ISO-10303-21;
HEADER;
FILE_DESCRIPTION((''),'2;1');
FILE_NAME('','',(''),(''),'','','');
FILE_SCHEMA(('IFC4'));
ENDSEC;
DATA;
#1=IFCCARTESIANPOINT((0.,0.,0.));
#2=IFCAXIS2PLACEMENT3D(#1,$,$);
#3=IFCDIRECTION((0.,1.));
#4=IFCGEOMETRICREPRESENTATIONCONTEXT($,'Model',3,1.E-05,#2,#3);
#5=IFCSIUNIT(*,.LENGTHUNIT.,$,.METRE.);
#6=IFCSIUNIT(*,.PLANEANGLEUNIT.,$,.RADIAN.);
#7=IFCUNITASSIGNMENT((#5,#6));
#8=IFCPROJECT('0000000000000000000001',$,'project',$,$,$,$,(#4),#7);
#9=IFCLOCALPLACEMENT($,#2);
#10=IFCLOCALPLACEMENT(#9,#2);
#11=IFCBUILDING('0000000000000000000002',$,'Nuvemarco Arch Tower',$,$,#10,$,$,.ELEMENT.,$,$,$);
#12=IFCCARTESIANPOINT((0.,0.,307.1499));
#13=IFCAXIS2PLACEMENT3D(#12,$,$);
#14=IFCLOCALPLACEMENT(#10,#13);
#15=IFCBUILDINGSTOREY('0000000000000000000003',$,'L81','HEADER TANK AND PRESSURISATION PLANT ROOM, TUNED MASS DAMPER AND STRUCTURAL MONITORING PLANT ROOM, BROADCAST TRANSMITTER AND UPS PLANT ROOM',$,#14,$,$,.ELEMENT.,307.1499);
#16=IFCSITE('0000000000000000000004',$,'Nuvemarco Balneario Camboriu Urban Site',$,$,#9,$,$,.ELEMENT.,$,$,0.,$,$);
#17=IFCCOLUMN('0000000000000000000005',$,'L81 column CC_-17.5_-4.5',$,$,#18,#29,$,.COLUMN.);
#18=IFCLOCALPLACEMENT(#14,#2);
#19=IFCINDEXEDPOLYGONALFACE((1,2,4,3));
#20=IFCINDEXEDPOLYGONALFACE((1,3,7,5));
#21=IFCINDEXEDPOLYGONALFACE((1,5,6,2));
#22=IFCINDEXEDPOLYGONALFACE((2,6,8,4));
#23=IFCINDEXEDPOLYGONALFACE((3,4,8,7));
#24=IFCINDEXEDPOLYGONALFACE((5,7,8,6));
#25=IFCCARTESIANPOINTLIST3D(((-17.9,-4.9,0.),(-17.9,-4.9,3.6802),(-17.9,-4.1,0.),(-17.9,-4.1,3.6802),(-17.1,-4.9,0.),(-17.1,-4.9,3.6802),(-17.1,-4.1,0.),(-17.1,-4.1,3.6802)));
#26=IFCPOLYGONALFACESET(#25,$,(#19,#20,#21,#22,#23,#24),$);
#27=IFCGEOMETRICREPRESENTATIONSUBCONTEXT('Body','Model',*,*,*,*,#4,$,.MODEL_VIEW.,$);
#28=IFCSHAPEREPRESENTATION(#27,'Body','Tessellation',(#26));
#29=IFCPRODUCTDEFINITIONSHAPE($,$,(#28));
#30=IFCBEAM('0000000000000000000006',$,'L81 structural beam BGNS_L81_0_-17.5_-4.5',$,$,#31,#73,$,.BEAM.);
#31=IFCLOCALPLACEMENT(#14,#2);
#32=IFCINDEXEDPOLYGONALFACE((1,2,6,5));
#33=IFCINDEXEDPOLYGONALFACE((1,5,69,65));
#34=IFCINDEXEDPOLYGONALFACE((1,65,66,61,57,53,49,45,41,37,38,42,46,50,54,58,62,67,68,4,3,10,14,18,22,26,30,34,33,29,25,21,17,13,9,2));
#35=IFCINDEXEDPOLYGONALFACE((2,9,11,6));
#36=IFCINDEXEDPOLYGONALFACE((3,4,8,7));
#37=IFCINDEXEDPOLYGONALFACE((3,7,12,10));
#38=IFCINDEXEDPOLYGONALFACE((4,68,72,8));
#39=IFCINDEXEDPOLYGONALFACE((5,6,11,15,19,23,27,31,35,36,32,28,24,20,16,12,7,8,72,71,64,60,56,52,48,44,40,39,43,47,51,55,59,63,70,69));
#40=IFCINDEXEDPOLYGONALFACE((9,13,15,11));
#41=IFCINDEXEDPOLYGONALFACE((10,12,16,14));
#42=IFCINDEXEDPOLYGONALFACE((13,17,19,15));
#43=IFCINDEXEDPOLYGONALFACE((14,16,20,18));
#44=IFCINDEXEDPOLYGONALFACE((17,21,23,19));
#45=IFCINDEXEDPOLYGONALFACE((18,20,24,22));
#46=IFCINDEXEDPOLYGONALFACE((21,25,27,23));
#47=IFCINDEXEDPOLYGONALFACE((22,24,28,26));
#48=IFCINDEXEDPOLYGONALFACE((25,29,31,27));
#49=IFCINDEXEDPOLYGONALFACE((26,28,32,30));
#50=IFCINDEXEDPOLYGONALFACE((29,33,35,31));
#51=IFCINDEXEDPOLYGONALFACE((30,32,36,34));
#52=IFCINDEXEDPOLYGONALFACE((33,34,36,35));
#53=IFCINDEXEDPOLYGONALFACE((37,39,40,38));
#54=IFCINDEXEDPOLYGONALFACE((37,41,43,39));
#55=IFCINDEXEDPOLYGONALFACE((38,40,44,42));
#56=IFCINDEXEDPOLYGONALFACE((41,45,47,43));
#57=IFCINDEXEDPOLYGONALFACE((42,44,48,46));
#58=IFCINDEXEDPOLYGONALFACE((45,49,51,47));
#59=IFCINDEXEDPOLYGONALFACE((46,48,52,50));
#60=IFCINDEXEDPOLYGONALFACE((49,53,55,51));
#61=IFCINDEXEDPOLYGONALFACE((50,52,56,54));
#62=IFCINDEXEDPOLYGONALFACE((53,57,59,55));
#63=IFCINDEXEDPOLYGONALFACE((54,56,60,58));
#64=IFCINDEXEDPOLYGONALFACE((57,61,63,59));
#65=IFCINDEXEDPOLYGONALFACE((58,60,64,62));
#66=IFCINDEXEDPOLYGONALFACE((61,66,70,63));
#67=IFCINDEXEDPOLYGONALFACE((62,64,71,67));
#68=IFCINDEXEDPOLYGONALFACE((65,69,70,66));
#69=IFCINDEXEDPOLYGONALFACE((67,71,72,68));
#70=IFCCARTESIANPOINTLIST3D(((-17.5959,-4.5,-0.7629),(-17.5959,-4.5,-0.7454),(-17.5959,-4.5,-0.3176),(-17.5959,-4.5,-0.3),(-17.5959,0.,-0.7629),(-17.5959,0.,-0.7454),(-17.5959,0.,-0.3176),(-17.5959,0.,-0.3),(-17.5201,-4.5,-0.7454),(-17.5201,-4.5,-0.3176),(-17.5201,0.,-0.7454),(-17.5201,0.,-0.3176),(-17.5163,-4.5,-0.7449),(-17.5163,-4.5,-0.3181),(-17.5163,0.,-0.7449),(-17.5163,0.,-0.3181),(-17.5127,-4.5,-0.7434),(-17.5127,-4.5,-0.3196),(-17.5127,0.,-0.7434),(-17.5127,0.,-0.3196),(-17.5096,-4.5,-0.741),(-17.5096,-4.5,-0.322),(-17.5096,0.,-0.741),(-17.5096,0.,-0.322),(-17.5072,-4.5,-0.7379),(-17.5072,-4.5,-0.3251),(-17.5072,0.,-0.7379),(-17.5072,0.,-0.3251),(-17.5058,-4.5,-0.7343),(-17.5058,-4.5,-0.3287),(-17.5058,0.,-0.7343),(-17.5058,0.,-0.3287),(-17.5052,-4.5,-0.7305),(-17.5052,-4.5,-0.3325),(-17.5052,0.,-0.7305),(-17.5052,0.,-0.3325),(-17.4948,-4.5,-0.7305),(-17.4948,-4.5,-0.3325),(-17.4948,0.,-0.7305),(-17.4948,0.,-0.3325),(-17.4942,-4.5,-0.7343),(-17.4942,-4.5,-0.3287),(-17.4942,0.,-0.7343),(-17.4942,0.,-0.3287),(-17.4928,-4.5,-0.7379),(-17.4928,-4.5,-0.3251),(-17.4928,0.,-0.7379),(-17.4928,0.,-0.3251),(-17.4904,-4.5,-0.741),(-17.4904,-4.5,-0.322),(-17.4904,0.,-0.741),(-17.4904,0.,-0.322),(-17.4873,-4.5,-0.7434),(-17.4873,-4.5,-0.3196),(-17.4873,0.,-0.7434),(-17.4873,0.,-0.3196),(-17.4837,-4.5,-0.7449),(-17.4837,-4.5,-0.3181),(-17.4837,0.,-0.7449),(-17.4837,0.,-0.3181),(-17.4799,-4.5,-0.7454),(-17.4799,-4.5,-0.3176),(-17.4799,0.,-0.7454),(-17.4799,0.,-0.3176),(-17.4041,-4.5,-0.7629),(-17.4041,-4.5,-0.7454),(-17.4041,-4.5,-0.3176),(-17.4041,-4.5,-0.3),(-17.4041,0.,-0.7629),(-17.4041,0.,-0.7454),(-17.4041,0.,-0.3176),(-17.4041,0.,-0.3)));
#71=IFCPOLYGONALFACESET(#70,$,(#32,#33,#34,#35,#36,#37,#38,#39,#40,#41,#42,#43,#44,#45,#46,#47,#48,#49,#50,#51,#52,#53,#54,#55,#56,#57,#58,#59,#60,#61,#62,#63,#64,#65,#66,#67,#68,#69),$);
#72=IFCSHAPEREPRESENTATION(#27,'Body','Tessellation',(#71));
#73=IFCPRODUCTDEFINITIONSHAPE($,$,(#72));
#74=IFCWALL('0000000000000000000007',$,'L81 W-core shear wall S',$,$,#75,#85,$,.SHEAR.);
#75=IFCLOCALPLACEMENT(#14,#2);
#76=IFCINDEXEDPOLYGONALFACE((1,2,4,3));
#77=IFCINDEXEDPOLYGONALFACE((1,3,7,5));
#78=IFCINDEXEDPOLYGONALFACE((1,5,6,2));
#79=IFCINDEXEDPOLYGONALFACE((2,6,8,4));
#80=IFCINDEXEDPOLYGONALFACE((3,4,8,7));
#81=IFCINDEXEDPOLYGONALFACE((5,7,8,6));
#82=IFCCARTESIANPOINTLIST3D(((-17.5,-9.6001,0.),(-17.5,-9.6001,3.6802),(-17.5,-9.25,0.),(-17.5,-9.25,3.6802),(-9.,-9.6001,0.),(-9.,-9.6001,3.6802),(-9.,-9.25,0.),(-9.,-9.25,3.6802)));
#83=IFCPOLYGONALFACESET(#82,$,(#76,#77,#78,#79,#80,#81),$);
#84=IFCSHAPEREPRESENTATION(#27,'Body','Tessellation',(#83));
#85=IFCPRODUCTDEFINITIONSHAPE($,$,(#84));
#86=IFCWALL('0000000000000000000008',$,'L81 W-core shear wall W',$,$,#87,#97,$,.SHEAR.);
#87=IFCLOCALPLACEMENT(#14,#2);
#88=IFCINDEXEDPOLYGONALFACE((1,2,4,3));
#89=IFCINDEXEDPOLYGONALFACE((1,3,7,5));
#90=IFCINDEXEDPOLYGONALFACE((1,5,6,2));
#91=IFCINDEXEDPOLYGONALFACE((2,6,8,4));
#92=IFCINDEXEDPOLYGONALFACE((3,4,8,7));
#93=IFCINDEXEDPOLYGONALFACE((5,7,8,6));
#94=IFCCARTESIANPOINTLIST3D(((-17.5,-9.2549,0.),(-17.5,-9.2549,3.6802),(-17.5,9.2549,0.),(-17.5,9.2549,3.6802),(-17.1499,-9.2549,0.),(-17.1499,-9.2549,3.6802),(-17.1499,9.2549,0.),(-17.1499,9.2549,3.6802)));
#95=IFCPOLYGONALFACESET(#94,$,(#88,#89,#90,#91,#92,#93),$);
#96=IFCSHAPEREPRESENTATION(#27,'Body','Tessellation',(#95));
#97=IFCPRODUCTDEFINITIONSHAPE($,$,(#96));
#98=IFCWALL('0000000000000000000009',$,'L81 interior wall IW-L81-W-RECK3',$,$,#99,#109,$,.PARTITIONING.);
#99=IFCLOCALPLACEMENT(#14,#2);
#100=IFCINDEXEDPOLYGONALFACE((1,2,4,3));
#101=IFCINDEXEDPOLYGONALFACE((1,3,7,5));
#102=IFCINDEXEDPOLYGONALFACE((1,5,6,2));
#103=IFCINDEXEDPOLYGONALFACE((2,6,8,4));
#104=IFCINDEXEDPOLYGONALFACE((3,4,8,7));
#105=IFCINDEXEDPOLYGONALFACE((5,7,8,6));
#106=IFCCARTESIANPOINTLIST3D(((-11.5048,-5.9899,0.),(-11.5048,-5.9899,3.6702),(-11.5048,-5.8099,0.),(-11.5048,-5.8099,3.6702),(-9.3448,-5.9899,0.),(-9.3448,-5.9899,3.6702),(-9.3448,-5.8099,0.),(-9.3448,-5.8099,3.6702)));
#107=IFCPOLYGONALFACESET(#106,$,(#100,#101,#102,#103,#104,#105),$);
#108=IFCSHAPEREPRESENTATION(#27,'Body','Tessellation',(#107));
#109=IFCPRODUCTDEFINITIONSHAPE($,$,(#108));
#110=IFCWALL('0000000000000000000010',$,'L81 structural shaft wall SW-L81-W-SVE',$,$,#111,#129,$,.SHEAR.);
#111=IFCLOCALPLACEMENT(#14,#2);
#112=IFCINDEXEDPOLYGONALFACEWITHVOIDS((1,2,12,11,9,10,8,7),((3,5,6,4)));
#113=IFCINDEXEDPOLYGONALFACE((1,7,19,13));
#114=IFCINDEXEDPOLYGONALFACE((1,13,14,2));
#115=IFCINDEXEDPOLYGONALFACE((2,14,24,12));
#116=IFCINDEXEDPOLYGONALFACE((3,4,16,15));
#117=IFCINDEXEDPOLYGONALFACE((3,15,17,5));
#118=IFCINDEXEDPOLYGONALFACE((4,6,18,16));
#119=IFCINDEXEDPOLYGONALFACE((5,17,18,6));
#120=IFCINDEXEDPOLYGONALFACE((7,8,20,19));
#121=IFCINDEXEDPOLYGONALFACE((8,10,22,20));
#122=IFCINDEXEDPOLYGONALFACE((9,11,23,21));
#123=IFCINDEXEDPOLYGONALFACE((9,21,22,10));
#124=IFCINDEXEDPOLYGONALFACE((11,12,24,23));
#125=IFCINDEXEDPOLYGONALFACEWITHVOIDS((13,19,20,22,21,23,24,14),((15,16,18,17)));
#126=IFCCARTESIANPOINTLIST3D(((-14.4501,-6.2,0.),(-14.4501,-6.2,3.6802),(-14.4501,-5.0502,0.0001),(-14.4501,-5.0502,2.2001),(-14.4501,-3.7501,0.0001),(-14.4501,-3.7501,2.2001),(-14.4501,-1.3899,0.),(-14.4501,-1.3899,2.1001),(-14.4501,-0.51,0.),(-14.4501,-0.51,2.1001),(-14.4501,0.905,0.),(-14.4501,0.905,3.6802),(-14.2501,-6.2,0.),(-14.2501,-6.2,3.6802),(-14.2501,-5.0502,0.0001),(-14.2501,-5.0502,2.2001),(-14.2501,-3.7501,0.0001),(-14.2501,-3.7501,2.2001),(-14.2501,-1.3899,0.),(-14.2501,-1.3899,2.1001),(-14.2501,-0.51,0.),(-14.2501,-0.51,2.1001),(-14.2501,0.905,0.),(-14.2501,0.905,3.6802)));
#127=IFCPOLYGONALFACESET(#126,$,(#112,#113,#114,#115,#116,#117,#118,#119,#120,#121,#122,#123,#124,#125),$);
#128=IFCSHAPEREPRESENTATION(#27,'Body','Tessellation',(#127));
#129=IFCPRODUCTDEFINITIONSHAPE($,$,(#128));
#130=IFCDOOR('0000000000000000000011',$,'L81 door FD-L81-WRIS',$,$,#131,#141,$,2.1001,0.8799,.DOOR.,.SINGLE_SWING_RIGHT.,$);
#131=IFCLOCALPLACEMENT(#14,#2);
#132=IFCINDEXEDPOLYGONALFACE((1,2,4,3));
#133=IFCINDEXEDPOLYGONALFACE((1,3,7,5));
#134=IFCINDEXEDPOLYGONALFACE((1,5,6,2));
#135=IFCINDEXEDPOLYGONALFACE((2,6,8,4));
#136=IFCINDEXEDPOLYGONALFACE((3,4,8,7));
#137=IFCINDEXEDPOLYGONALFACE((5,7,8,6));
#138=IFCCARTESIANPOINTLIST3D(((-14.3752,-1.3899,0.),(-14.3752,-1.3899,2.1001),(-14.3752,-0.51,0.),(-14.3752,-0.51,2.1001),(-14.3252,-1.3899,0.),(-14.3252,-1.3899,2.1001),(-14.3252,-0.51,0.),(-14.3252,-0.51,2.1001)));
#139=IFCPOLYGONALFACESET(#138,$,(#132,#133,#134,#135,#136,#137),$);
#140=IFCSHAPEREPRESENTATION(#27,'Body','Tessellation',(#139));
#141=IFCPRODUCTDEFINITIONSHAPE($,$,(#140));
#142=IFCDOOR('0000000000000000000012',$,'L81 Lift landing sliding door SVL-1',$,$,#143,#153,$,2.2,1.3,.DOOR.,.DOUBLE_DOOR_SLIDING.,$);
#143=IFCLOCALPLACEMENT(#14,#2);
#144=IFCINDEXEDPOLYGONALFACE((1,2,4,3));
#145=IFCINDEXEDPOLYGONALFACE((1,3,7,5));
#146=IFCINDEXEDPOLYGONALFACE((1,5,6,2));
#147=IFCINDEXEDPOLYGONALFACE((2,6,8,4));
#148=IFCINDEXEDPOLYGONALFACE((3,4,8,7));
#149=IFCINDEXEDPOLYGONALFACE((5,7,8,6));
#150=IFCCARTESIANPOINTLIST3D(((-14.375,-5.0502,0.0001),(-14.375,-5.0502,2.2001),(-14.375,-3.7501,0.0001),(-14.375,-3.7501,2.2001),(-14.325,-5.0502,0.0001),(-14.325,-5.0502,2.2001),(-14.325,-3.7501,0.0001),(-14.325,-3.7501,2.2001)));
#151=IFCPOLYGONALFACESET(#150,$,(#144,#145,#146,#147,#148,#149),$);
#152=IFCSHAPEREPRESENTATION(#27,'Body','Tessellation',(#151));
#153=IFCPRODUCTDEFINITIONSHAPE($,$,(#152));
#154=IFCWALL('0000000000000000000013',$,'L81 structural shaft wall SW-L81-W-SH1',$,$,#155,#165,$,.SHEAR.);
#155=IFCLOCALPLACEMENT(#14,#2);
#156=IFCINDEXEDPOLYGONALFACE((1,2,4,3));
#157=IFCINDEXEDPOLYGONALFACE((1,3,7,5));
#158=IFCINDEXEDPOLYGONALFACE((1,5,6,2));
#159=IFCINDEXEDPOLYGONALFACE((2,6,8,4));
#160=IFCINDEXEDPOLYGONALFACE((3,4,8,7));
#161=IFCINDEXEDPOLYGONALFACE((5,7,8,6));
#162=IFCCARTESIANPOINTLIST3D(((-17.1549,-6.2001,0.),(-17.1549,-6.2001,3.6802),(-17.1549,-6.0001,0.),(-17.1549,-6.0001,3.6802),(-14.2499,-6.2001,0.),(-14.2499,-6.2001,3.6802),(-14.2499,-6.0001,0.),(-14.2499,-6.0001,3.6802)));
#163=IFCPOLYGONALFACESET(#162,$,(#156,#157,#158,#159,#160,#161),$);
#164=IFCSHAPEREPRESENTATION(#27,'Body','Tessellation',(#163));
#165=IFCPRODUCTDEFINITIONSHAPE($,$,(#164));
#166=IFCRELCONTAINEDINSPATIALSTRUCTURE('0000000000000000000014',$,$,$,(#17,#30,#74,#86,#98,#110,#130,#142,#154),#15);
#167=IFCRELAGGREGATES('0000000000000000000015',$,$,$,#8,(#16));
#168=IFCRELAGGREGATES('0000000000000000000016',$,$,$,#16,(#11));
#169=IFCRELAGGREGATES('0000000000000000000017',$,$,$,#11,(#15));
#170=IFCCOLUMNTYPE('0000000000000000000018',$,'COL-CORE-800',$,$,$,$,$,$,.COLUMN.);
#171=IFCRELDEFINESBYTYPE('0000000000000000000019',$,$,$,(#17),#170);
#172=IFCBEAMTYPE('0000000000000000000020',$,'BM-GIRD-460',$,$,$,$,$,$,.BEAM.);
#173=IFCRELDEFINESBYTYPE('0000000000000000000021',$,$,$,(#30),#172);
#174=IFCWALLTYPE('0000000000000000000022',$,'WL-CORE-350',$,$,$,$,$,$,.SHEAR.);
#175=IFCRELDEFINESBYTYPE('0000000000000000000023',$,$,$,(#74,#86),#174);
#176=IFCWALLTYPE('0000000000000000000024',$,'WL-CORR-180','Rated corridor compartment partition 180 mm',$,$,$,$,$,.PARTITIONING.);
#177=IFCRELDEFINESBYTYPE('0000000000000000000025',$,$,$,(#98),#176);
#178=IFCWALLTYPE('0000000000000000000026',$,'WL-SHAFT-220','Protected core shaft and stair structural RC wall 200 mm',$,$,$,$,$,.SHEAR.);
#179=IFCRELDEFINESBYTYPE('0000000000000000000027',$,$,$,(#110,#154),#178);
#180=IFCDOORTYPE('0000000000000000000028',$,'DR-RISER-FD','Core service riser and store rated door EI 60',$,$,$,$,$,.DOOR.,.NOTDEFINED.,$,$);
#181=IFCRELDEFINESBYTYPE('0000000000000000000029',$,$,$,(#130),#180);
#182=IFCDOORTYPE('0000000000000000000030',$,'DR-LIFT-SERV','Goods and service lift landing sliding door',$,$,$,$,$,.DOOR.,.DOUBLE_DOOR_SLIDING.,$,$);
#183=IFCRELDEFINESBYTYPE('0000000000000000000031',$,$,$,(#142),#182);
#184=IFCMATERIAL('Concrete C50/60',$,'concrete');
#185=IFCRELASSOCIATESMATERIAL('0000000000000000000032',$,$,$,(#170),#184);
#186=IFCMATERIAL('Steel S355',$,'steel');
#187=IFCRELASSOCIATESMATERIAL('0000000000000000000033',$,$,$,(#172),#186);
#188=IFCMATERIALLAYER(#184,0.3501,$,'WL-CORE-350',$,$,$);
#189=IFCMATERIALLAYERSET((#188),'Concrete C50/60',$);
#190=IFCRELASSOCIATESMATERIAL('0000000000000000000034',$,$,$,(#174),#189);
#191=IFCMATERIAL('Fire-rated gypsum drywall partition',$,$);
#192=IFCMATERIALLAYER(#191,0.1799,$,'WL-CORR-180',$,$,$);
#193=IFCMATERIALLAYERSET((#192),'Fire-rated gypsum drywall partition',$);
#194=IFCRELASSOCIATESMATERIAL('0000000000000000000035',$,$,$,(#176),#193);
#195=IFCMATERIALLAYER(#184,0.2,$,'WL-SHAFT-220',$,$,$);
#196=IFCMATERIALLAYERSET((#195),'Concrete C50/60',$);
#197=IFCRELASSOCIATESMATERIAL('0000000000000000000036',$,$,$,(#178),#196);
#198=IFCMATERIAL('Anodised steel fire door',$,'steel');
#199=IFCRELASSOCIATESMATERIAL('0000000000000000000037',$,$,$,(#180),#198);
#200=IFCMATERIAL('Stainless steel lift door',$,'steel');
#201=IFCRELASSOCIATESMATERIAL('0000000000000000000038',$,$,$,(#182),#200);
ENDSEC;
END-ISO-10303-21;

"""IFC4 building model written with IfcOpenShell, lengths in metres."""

from ifc_helpers import new_model, si_unit, direction, frame, frame_2d, origin, origin_2d, place, context, subcontext, project, spatial, rectangle, i_section, extrude, source, transform, mapped, material, layer, layer_set, material_profile, profile_set, type_object, type_shapes, element, fill, save


model = new_model("IFC4")

# Units and contexts
model_context = context("Model", 3, precision=1e-05, world=origin(), true_north=direction((0.0, 1.0)))
body_context = subcontext(model_context, "Body", "Model", "MODEL_VIEW")
ifc_project = project(units=[si_unit("LENGTHUNIT", "METRE"), si_unit("PLANEANGLEUNIT", "RADIAN")], contexts=[model_context])

# Site, building, storey
site_placement = place(None, origin())
site = spatial("IfcSite", under=ifc_project, at=site_placement, Name="Nuvemarco Balneario Camboriu Urban Site", CompositionType="ELEMENT", RefElevation=0.0)
building_placement = place(site_placement, origin())
building = spatial("IfcBuilding", under=site, at=building_placement, Name="Nuvemarco Arch Tower", CompositionType="ELEMENT")
storey_placement = place(building_placement, frame((0.0, 0.0, 307.1499)))
storey = spatial("IfcBuildingStorey", under=building, at=storey_placement, Name="L81", Description="HEADER TANK AND PRESSURISATION PLANT ROOM, TUNED MASS DAMPER AND STRUCTURAL MONITORING PLANT ROOM, BROADCAST TRANSMITTER AND UPS PLANT ROOM", CompositionType="ELEMENT", Elevation=307.1499)

# Column
ifc_material_1 = material(Name="Concrete C50/60", Category="concrete")
ifc_material_profile_1 = material_profile(ifc_material_1, rectangle(XDim=0.8, YDim=0.8, at=origin_2d()), Name="RC-COL-800x800")
ifc_profile_set_1 = profile_set([ifc_material_profile_1], Name="Concrete C50/60")
column_type = type_object("IfcColumnType", Name="COL-CORE-800", PredefinedType="COLUMN", material=ifc_profile_set_1)
column_placement = place(storey_placement, frame((-17.5, -4.5, 0.0), z_axis=(0.0, 0.0, 1.0), x_axis=(1.0, 0.0, 0.0)))
element("IfcColumn", 1, at=column_placement, inside=storey, type_object=column_type, Name="L81 column CC_-17.5_-4.5", PredefinedType="COLUMN", context=body_context, shape_type="SweptSolid", body=[
    extrude(rectangle(XDim=0.8, YDim=0.8, at=origin_2d()), origin(), (0.0, 0.0, 1.0), 3.6802),
])

# Beam
ifc_material_2 = material(Name="Steel S355", Category="steel")
ifc_material_profile_2 = material_profile(ifc_material_2, i_section(OverallWidth=0.1919, OverallDepth=0.4629, WebThickness=0.0105, FlangeThickness=0.0176, FilletRadius=0.0149, at=origin_2d()), Name="W460x89")
ifc_profile_set_2 = profile_set([ifc_material_profile_2], Name="Steel S355")
beam_type = type_object("IfcBeamType", Name="BM-GIRD-460", PredefinedType="BEAM", material=ifc_profile_set_2)
beam_placement = place(storey_placement, frame((-17.5, -4.5, -0.5315), z_axis=(0.0, 1.0, 0.0), x_axis=(-1.0, 0.0, 0.0)))
element("IfcBeam", 2, at=beam_placement, inside=storey, type_object=beam_type, Name="L81 structural beam BGNS_L81_0_-17.5_-4.5", PredefinedType="BEAM", context=body_context, shape_type="SweptSolid", body=[
    extrude(i_section(OverallWidth=0.1919, OverallDepth=0.4629, WebThickness=0.0105, FlangeThickness=0.0176, FilletRadius=0.0149, at=origin_2d()), origin(), (0.0, 0.0, 1.0), 4.5),
])

# Walls
ifc_layer_1 = layer(ifc_material_1, 0.3501, Name="WL-CORE-350")
ifc_layer_set_1 = layer_set([ifc_layer_1], Name="Concrete C50/60")
wall_type_1 = type_object("IfcWallType", Name="WL-CORE-350", PredefinedType="SHEAR", material=ifc_layer_set_1)
wall_1_placement = place(storey_placement, frame((-17.5, -9.425, 0.0), z_axis=(0.0, 0.0, 1.0), x_axis=(1.0, 0.0, 0.0)))
element("IfcWall", 3, at=wall_1_placement, inside=storey, type_object=wall_type_1, Name="L81 W-core shear wall S", PredefinedType="SHEAR", context=body_context, shape_type="SweptSolid", body=[
    extrude(rectangle(XDim=8.5, YDim=0.3501, at=frame_2d((4.25, 0.0))), origin(), (0.0, 0.0, 1.0), 3.6802),
])
wall_2_placement = place(storey_placement, frame((-17.325, -9.2549, 0.0), z_axis=(0.0, 0.0, 1.0), x_axis=(0.0, 1.0, 0.0)))
element("IfcWall", 4, at=wall_2_placement, inside=storey, type_object=wall_type_1, Name="L81 W-core shear wall W", PredefinedType="SHEAR", context=body_context, shape_type="SweptSolid", body=[
    extrude(rectangle(XDim=18.5098, YDim=0.3501, at=frame_2d((9.2549, 0.0))), origin(), (0.0, 0.0, 1.0), 3.6802),
])
ifc_material_3 = material(Name="Fire-rated gypsum drywall partition")
ifc_layer_2 = layer(ifc_material_3, 0.1799, Name="WL-CORR-180")
ifc_layer_set_2 = layer_set([ifc_layer_2], Name="Fire-rated gypsum drywall partition")
wall_type_2 = type_object("IfcWallType", Name="WL-CORR-180", Description="Rated corridor compartment partition 180 mm", PredefinedType="PARTITIONING", material=ifc_layer_set_2)
wall_3_placement = place(storey_placement, frame((-11.5049, -5.8999, 0.0), z_axis=(0.0, 0.0, 1.0), x_axis=(1.0, 0.0, 0.0)))
element("IfcWall", 5, at=wall_3_placement, inside=storey, type_object=wall_type_2, Name="L81 interior wall IW-L81-W-RECK3", PredefinedType="PARTITIONING", context=body_context, shape_type="SweptSolid", body=[
    extrude(rectangle(XDim=2.1599, YDim=0.1799, at=frame_2d((1.0801, 0.0))), origin(), (0.0, 0.0, 1.0), 3.6702),
])

# Shared definitions
ifc_layer_3 = layer(ifc_material_1, 0.2, Name="WL-SHAFT-220")
ifc_layer_set_3 = layer_set([ifc_layer_3], Name="Concrete C50/60")
wall_type_3 = type_object("IfcWallType", Name="WL-SHAFT-220", Description="Protected core shaft and stair structural RC wall 200 mm", PredefinedType="SHEAR", material=ifc_layer_set_3)
ifc_material_4 = material(Name="Stainless steel lift door", Category="steel")

# Wall, openings, doors
wall_4_placement = place(storey_placement, frame((-14.3501, -6.2, 0.0), z_axis=(0.0, 0.0, 1.0), x_axis=(0.0, 1.0, 0.0)))
wall_4 = element("IfcWall", 6, at=wall_4_placement, inside=storey, type_object=wall_type_3, Name="L81 structural shaft wall SW-L81-W-SVE", PredefinedType="SHEAR", context=body_context, shape_type="SweptSolid", body=[
    extrude(rectangle(XDim=7.105, YDim=0.2, at=frame_2d((3.5525, 0.0))), origin(), (0.0, 0.0, 1.0), 3.6802),
])
opening_1_placement = place(wall_4_placement, frame((5.6899, 0.0, 0.0), z_axis=(0.0, 0.0, 1.0), x_axis=(-1.0, 0.0, 0.0)))
opening_1 = element("IfcOpeningElement", 7, at=opening_1_placement, cuts=wall_4, PredefinedType="OPENING", context=body_context, shape_type="SweptSolid", body=[
    extrude(rectangle(XDim=0.8799, YDim=2.1001, at=frame_2d((0.4399, 1.05))), frame((0.0, 0.1099, 0.0), z_axis=(0.0, -1.0, 0.0), x_axis=(1.0, 0.0, 0.0)), (0.0, 0.0, 1.0), 0.22),
])
opening_2_placement = place(wall_4_placement, frame((1.1499, 0.0, 0.0)))
opening_2 = element("IfcOpeningElement", 8, at=opening_2_placement, cuts=wall_4, PredefinedType="OPENING", context=body_context, shape_type="SweptSolid", body=[
    extrude(rectangle(XDim=1.3, YDim=2.2, at=frame_2d((0.6499, 1.1001))), frame((0.0, 0.1099, 0.0), z_axis=(0.0, -1.0, 0.0), x_axis=(1.0, 0.0, 0.0)), (0.0, 0.0, 1.0), 0.22),
])
ifc_material_5 = material(Name="Anodised steel fire door", Category="steel")
door_type_1 = type_object("IfcDoorType", Name="DR-RISER-FD", Description="Core service riser and store rated door EI 60", OperationType="NOTDEFINED", PredefinedType="DOOR", material=ifc_material_5)
shared_shape_1 = source(origin(), body_context, "Body", "SweptSolid", [
    extrude(rectangle(XDim=0.8799, YDim=2.1001, at=frame_2d((0.4399, 1.05))), frame((0.0, 0.0249, 0.0), z_axis=(0.0, -1.0, 0.0), x_axis=(1.0, 0.0, 0.0)), (0.0, 0.0, 1.0), 0.05),
])
type_shapes(door_type_1, [shared_shape_1])
door_1_placement = place(opening_1_placement, origin())
door_1 = element("IfcDoor", 9, at=door_1_placement, inside=storey, type_object=door_type_1, Name="L81 door FD-L81-WRIS", OperationType="SINGLE_SWING_RIGHT", OverallHeight=2.1001, OverallWidth=0.8799, PredefinedType="DOOR", context=body_context, shape_type="MappedRepresentation", body=[
    mapped(shared_shape_1, transform((0.0, 0.0, 0.0), scale=1.0)),
])
fill(opening_1, door_1)
door_type_2 = type_object("IfcDoorType", Name="DR-LIFT-SERV", Description="Goods and service lift landing sliding door", OperationType="DOUBLE_DOOR_SLIDING", PredefinedType="DOOR", material=ifc_material_4)
shared_shape_2 = source(origin(), body_context, "Body", "SweptSolid", [
    extrude(rectangle(XDim=1.3, YDim=2.2, at=frame_2d((0.6499, 1.1001))), frame((0.0, 0.0249, 0.0), z_axis=(0.0, -1.0, 0.0), x_axis=(1.0, 0.0, 0.0)), (0.0, 0.0, 1.0), 0.05),
])
type_shapes(door_type_2, [shared_shape_2])
door_2_placement = place(opening_2_placement, origin())
door_2 = element("IfcDoor", 10, at=door_2_placement, inside=storey, type_object=door_type_2, Name="L81 Lift landing sliding door SVL-1", OperationType="DOUBLE_DOOR_SLIDING", OverallHeight=2.2, OverallWidth=1.3, PredefinedType="DOOR", context=body_context, shape_type="MappedRepresentation", body=[
    mapped(shared_shape_2, transform((0.0, 0.0, 0.0), scale=1.0)),
])
fill(opening_2, door_2)

# Wall
wall_5_placement = place(storey_placement, frame((-17.155, -6.1001, 0.0), z_axis=(0.0, 0.0, 1.0), x_axis=(1.0, 0.0, 0.0)))
element("IfcWall", 11, at=wall_5_placement, inside=storey, type_object=wall_type_3, Name="L81 structural shaft wall SW-L81-W-SH1", PredefinedType="SHEAR", context=body_context, shape_type="SweptSolid", body=[
    extrude(rectangle(XDim=2.905, YDim=0.2, at=frame_2d((1.4526, 0.0))), origin(), (0.0, 0.0, 1.0), 3.6802),
])

save(model, "model.ifc")
